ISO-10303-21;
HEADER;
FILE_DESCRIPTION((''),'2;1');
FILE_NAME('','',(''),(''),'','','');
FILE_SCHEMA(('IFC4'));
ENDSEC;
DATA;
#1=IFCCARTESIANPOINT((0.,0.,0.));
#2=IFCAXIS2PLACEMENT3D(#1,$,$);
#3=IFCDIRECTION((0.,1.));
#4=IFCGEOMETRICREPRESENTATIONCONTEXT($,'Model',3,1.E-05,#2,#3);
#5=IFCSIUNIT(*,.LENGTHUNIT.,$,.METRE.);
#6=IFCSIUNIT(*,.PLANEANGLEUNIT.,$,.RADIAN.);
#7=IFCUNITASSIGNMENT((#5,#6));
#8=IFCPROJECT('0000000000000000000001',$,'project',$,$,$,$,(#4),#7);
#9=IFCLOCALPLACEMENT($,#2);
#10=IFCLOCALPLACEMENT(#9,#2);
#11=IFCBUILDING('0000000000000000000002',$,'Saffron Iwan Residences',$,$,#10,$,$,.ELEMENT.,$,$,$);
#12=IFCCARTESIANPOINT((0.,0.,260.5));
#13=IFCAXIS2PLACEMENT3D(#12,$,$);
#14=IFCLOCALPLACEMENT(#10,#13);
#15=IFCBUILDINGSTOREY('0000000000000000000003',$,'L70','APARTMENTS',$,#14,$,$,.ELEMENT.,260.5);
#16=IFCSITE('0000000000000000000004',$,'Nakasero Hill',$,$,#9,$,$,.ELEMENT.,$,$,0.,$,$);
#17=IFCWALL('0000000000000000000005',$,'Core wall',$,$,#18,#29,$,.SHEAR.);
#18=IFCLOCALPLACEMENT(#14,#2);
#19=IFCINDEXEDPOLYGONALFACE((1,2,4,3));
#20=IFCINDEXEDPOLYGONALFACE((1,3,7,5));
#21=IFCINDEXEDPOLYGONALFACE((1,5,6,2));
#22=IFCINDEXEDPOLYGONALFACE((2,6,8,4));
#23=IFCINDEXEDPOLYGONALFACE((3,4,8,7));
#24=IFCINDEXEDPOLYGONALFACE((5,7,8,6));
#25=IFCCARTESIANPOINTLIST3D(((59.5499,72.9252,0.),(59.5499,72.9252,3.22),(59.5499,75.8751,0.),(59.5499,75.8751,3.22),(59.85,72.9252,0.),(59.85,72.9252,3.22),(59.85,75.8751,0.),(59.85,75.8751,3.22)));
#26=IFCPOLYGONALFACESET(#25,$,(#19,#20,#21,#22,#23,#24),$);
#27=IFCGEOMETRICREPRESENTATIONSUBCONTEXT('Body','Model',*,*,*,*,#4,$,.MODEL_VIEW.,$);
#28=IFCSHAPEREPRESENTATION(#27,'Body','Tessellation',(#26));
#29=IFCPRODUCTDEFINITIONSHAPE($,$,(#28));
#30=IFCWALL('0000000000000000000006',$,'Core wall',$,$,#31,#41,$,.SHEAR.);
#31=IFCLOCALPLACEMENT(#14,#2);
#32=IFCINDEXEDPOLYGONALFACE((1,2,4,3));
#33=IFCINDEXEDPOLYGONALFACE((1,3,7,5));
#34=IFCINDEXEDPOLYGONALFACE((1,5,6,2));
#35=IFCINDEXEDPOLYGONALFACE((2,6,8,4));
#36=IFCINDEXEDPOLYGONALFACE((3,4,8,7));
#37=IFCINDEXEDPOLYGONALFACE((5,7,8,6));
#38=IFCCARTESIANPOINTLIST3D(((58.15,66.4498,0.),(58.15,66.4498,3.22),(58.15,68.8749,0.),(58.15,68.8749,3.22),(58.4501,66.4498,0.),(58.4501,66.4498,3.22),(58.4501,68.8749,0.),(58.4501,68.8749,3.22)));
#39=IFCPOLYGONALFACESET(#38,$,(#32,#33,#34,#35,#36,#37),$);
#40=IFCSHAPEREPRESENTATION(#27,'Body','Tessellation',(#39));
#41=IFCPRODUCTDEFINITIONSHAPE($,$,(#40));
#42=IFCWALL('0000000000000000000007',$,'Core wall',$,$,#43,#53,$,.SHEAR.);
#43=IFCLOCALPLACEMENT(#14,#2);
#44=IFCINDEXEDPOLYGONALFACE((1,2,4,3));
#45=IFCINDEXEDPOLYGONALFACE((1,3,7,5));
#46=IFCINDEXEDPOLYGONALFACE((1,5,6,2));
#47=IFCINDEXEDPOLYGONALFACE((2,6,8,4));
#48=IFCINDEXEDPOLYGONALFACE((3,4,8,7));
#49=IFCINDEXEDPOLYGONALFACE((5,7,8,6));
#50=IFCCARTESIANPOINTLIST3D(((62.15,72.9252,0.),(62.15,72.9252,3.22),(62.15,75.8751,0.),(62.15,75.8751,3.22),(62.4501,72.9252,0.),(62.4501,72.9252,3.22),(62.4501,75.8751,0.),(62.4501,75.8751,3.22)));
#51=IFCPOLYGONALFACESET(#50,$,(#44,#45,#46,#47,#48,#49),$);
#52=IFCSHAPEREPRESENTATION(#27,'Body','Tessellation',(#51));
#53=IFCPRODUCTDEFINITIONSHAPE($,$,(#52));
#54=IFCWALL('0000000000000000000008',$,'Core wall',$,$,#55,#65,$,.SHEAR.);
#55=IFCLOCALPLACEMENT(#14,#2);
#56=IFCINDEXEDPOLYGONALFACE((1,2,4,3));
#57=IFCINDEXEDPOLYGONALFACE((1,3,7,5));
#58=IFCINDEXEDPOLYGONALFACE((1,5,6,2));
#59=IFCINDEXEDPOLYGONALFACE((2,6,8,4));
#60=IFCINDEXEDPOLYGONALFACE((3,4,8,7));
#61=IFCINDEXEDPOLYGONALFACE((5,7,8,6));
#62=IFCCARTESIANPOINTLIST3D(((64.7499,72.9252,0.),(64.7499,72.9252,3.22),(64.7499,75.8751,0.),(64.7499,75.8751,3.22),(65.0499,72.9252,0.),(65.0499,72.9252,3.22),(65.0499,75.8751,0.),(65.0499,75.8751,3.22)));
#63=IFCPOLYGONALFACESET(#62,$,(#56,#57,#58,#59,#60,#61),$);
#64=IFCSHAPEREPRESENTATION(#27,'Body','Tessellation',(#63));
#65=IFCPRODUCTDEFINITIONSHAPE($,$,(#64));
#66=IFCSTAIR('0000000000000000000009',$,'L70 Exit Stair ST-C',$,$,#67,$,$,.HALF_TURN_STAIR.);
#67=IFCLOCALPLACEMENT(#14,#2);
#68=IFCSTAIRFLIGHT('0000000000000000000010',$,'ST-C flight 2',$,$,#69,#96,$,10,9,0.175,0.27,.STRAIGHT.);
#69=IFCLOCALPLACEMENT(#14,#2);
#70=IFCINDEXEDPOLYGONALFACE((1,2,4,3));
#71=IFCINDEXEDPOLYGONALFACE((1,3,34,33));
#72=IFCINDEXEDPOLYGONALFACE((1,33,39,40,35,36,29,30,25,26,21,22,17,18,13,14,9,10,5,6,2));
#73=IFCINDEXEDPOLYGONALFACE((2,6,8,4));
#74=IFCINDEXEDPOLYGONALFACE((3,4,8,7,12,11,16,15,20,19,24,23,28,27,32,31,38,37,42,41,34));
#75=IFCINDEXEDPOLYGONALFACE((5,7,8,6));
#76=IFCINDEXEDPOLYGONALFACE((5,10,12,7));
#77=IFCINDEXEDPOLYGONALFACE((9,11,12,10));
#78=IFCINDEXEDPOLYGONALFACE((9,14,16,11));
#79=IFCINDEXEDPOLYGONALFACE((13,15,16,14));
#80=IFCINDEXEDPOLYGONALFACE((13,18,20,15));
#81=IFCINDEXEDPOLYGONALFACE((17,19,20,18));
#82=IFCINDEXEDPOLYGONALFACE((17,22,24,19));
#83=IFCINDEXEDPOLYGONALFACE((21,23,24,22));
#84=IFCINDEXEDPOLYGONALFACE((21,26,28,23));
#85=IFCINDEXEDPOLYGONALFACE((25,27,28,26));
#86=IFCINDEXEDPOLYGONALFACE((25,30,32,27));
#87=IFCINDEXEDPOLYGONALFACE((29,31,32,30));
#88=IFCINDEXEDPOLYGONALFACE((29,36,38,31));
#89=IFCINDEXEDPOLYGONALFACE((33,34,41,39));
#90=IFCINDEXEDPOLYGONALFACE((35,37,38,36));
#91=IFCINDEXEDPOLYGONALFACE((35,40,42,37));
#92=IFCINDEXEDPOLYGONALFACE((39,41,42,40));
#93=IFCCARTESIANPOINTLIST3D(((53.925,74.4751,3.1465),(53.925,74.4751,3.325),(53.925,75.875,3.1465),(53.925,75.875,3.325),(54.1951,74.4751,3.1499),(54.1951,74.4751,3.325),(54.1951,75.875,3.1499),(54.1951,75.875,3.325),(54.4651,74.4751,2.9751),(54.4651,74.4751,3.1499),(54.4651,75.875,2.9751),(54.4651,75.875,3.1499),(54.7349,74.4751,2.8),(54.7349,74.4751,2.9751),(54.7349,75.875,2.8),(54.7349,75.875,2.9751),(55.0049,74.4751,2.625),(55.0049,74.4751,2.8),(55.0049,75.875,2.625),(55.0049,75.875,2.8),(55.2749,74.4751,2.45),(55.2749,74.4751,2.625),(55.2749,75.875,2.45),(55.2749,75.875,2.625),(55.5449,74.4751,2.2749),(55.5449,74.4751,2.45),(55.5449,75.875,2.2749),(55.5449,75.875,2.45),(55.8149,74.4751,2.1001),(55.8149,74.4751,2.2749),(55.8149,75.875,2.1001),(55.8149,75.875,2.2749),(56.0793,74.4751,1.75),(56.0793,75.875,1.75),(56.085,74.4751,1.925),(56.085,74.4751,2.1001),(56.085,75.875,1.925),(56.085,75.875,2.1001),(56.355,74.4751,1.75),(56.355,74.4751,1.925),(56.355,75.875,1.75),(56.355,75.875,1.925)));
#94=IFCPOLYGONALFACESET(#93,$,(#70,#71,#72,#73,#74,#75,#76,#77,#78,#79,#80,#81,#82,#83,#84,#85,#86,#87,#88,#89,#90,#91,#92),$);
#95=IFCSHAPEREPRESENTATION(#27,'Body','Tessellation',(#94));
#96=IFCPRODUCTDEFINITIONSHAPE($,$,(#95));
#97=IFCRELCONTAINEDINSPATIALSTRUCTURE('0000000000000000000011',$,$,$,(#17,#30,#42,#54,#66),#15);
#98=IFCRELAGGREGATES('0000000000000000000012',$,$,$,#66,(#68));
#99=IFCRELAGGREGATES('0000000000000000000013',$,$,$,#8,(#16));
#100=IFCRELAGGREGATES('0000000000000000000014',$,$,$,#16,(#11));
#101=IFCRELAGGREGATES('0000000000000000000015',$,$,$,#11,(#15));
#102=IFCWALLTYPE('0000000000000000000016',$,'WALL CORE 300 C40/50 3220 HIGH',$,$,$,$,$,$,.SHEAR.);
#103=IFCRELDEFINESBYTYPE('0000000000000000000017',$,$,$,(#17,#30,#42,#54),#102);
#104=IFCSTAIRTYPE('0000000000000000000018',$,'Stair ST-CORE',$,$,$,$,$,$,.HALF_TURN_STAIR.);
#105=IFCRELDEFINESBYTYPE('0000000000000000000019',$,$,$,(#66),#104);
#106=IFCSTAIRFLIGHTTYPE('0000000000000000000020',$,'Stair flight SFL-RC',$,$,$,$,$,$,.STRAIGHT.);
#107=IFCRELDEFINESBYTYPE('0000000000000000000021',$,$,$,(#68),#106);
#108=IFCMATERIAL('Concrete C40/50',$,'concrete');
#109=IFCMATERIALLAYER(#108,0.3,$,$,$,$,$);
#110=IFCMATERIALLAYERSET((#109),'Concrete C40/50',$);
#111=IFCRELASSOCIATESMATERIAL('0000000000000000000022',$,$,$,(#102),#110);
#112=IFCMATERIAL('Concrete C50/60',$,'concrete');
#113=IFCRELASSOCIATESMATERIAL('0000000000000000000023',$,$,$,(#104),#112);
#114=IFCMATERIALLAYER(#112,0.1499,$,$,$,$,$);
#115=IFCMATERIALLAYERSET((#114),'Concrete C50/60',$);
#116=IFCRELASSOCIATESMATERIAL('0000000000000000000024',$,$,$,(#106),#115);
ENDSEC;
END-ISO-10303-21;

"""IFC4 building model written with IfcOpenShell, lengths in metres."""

from ifc_helpers import new_model, si_unit, direction, frame, frame_2d, origin, place, context, subcontext, project, spatial, polyline, rectangle, outline, extrude, material, layer, layer_set, type_object, element, aggregate, save


model = new_model("IFC4")

# Units and contexts
model_context = context("Model", 3, precision=1e-05, world=origin(), true_north=direction((0.0, 1.0)))
body_context = subcontext(model_context, "Body", "Model", "MODEL_VIEW")
ifc_project = project(units=[si_unit("LENGTHUNIT", "METRE"), si_unit("PLANEANGLEUNIT", "RADIAN")], contexts=[model_context])

# Site, building, storey
site_placement = place(None, origin())
site = spatial("IfcSite", under=ifc_project, at=site_placement, Name="Nakasero Hill", CompositionType="ELEMENT", RefElevation=0.0)
building_placement = place(site_placement, origin())
building = spatial("IfcBuilding", under=site, at=building_placement, Name="Saffron Iwan Residences", CompositionType="ELEMENT")
storey_placement = place(building_placement, frame((0.0, 0.0, 260.5)))
storey = spatial("IfcBuildingStorey", under=building, at=storey_placement, Name="L70", Description="APARTMENTS", CompositionType="ELEMENT", Elevation=260.5)

# Shared definitions
ifc_material_1 = material(Name="Concrete C40/50", Category="concrete")

# Shared definitions
ifc_layer_1 = layer(ifc_material_1, 0.3)
ifc_layer_set_1 = layer_set([ifc_layer_1], Name="Concrete C40/50")
wall_type_1 = type_object("IfcWallType", Name="WALL CORE 300 C40/50 3220 HIGH", PredefinedType="SHEAR", material=ifc_layer_set_1)

# Walls
wall_1_placement = place(storey_placement, frame((59.7, 72.925, 0.0), z_axis=(0.0, 0.0, 1.0), x_axis=(0.0, 1.0, 0.0)))
element("IfcWall", 1, at=wall_1_placement, inside=storey, type_object=wall_type_1, Name="Core wall", PredefinedType="SHEAR", context=body_context, shape_type="SweptSolid", body=[
    extrude(rectangle(XDim=2.95, YDim=0.3, at=frame_2d((1.4751, 0.0))), origin(), (0.0, 0.0, 1.0), 3.22),
])
wall_2_placement = place(storey_placement, frame((58.3, 66.45, 0.0), z_axis=(0.0, 0.0, 1.0), x_axis=(0.0, 1.0, 0.0)))
element("IfcWall", 2, at=wall_2_placement, inside=storey, type_object=wall_type_1, Name="Core wall", PredefinedType="SHEAR", context=body_context, shape_type="SweptSolid", body=[
    extrude(rectangle(XDim=2.425, YDim=0.3, at=frame_2d((1.2124, 0.0))), origin(), (0.0, 0.0, 1.0), 3.22),
])
for number, where, z_axis, x_axis, name in (
    (3, (62.3, 72.925, 0.0), (0.0, 0.0, 1.0), (0.0, 1.0, 0.0), "Core wall"),
    (4, (64.8999, 72.925, 0.0), (0.0, 0.0, 1.0), (0.0, 1.0, 0.0), "Core wall"),
):
    element("IfcWall", number, at=place(storey_placement, frame(where, z_axis=z_axis, x_axis=x_axis)), inside=storey, type_object=wall_type_1, Name=name, PredefinedType="SHEAR", context=body_context, shape_type="SweptSolid", body=[
        extrude(rectangle(XDim=2.95, YDim=0.3, at=frame_2d((1.4751, 0.0))), origin(), (0.0, 0.0, 1.0), 3.22),
    ])

# Stair, stair flight
ifc_material_2 = material(Name="Concrete C50/60", Category="concrete")
stair_type = type_object("IfcStairType", Name="Stair ST-CORE", PredefinedType="HALF_TURN_STAIR", material=ifc_material_2)
stair_placement = place(storey_placement, origin())
stair = element("IfcStair", 5, at=stair_placement, inside=storey, type_object=stair_type, Name="L70 Exit Stair ST-C", PredefinedType="HALF_TURN_STAIR")
ifc_layer_2 = layer(ifc_material_2, 0.1499)
ifc_layer_set_2 = layer_set([ifc_layer_2], Name="Concrete C50/60")
stair_flight_type = type_object("IfcStairFlightType", Name="Stair flight SFL-RC", PredefinedType="STRAIGHT", material=ifc_layer_set_2)
stair_flight_placement = place(storey_placement, frame((56.355, 75.175, 1.75), z_axis=(0.0, 0.0, 1.0), x_axis=(-1.0, 0.0, 0.0)))
stair_flight = element("IfcStairFlight", 6, at=stair_flight_placement, type_object=stair_flight_type, Name="ST-C flight 2", NumberOfRisers=10, NumberOfTreads=9, PredefinedType="STRAIGHT", RiserHeight=0.175, TreadLength=0.27, context=body_context, shape_type="SweptSolid", body=[
    extrude(outline(polyline([(0.0, 0.0), (0.0, 0.175), (0.27, 0.175), (0.27, 0.3501), (0.54, 0.3501), (0.54, 0.5249), (0.8101, 0.5249), (0.8101, 0.7), (1.0801, 0.7), (1.0801, 0.875), (1.3501, 0.875), (1.3501, 1.05), (1.6201, 1.05), (1.6201, 1.2251), (1.8899, 1.2251), (1.8899, 1.3999), (2.1599, 1.3999), (2.1599, 1.575), (2.4299, 1.575), (2.4299, 1.75), (2.4299, 1.3965), (0.2756, 0.0), (0.0, 0.0)])), frame((0.0, 0.7, 0.0), z_axis=(0.0, -1.0, 0.0), x_axis=(1.0, 0.0, 0.0)), (0.0, 0.0, 1.0), 1.3999),
])
aggregate(stair, [stair_flight])

save(model, "model.ifc")
